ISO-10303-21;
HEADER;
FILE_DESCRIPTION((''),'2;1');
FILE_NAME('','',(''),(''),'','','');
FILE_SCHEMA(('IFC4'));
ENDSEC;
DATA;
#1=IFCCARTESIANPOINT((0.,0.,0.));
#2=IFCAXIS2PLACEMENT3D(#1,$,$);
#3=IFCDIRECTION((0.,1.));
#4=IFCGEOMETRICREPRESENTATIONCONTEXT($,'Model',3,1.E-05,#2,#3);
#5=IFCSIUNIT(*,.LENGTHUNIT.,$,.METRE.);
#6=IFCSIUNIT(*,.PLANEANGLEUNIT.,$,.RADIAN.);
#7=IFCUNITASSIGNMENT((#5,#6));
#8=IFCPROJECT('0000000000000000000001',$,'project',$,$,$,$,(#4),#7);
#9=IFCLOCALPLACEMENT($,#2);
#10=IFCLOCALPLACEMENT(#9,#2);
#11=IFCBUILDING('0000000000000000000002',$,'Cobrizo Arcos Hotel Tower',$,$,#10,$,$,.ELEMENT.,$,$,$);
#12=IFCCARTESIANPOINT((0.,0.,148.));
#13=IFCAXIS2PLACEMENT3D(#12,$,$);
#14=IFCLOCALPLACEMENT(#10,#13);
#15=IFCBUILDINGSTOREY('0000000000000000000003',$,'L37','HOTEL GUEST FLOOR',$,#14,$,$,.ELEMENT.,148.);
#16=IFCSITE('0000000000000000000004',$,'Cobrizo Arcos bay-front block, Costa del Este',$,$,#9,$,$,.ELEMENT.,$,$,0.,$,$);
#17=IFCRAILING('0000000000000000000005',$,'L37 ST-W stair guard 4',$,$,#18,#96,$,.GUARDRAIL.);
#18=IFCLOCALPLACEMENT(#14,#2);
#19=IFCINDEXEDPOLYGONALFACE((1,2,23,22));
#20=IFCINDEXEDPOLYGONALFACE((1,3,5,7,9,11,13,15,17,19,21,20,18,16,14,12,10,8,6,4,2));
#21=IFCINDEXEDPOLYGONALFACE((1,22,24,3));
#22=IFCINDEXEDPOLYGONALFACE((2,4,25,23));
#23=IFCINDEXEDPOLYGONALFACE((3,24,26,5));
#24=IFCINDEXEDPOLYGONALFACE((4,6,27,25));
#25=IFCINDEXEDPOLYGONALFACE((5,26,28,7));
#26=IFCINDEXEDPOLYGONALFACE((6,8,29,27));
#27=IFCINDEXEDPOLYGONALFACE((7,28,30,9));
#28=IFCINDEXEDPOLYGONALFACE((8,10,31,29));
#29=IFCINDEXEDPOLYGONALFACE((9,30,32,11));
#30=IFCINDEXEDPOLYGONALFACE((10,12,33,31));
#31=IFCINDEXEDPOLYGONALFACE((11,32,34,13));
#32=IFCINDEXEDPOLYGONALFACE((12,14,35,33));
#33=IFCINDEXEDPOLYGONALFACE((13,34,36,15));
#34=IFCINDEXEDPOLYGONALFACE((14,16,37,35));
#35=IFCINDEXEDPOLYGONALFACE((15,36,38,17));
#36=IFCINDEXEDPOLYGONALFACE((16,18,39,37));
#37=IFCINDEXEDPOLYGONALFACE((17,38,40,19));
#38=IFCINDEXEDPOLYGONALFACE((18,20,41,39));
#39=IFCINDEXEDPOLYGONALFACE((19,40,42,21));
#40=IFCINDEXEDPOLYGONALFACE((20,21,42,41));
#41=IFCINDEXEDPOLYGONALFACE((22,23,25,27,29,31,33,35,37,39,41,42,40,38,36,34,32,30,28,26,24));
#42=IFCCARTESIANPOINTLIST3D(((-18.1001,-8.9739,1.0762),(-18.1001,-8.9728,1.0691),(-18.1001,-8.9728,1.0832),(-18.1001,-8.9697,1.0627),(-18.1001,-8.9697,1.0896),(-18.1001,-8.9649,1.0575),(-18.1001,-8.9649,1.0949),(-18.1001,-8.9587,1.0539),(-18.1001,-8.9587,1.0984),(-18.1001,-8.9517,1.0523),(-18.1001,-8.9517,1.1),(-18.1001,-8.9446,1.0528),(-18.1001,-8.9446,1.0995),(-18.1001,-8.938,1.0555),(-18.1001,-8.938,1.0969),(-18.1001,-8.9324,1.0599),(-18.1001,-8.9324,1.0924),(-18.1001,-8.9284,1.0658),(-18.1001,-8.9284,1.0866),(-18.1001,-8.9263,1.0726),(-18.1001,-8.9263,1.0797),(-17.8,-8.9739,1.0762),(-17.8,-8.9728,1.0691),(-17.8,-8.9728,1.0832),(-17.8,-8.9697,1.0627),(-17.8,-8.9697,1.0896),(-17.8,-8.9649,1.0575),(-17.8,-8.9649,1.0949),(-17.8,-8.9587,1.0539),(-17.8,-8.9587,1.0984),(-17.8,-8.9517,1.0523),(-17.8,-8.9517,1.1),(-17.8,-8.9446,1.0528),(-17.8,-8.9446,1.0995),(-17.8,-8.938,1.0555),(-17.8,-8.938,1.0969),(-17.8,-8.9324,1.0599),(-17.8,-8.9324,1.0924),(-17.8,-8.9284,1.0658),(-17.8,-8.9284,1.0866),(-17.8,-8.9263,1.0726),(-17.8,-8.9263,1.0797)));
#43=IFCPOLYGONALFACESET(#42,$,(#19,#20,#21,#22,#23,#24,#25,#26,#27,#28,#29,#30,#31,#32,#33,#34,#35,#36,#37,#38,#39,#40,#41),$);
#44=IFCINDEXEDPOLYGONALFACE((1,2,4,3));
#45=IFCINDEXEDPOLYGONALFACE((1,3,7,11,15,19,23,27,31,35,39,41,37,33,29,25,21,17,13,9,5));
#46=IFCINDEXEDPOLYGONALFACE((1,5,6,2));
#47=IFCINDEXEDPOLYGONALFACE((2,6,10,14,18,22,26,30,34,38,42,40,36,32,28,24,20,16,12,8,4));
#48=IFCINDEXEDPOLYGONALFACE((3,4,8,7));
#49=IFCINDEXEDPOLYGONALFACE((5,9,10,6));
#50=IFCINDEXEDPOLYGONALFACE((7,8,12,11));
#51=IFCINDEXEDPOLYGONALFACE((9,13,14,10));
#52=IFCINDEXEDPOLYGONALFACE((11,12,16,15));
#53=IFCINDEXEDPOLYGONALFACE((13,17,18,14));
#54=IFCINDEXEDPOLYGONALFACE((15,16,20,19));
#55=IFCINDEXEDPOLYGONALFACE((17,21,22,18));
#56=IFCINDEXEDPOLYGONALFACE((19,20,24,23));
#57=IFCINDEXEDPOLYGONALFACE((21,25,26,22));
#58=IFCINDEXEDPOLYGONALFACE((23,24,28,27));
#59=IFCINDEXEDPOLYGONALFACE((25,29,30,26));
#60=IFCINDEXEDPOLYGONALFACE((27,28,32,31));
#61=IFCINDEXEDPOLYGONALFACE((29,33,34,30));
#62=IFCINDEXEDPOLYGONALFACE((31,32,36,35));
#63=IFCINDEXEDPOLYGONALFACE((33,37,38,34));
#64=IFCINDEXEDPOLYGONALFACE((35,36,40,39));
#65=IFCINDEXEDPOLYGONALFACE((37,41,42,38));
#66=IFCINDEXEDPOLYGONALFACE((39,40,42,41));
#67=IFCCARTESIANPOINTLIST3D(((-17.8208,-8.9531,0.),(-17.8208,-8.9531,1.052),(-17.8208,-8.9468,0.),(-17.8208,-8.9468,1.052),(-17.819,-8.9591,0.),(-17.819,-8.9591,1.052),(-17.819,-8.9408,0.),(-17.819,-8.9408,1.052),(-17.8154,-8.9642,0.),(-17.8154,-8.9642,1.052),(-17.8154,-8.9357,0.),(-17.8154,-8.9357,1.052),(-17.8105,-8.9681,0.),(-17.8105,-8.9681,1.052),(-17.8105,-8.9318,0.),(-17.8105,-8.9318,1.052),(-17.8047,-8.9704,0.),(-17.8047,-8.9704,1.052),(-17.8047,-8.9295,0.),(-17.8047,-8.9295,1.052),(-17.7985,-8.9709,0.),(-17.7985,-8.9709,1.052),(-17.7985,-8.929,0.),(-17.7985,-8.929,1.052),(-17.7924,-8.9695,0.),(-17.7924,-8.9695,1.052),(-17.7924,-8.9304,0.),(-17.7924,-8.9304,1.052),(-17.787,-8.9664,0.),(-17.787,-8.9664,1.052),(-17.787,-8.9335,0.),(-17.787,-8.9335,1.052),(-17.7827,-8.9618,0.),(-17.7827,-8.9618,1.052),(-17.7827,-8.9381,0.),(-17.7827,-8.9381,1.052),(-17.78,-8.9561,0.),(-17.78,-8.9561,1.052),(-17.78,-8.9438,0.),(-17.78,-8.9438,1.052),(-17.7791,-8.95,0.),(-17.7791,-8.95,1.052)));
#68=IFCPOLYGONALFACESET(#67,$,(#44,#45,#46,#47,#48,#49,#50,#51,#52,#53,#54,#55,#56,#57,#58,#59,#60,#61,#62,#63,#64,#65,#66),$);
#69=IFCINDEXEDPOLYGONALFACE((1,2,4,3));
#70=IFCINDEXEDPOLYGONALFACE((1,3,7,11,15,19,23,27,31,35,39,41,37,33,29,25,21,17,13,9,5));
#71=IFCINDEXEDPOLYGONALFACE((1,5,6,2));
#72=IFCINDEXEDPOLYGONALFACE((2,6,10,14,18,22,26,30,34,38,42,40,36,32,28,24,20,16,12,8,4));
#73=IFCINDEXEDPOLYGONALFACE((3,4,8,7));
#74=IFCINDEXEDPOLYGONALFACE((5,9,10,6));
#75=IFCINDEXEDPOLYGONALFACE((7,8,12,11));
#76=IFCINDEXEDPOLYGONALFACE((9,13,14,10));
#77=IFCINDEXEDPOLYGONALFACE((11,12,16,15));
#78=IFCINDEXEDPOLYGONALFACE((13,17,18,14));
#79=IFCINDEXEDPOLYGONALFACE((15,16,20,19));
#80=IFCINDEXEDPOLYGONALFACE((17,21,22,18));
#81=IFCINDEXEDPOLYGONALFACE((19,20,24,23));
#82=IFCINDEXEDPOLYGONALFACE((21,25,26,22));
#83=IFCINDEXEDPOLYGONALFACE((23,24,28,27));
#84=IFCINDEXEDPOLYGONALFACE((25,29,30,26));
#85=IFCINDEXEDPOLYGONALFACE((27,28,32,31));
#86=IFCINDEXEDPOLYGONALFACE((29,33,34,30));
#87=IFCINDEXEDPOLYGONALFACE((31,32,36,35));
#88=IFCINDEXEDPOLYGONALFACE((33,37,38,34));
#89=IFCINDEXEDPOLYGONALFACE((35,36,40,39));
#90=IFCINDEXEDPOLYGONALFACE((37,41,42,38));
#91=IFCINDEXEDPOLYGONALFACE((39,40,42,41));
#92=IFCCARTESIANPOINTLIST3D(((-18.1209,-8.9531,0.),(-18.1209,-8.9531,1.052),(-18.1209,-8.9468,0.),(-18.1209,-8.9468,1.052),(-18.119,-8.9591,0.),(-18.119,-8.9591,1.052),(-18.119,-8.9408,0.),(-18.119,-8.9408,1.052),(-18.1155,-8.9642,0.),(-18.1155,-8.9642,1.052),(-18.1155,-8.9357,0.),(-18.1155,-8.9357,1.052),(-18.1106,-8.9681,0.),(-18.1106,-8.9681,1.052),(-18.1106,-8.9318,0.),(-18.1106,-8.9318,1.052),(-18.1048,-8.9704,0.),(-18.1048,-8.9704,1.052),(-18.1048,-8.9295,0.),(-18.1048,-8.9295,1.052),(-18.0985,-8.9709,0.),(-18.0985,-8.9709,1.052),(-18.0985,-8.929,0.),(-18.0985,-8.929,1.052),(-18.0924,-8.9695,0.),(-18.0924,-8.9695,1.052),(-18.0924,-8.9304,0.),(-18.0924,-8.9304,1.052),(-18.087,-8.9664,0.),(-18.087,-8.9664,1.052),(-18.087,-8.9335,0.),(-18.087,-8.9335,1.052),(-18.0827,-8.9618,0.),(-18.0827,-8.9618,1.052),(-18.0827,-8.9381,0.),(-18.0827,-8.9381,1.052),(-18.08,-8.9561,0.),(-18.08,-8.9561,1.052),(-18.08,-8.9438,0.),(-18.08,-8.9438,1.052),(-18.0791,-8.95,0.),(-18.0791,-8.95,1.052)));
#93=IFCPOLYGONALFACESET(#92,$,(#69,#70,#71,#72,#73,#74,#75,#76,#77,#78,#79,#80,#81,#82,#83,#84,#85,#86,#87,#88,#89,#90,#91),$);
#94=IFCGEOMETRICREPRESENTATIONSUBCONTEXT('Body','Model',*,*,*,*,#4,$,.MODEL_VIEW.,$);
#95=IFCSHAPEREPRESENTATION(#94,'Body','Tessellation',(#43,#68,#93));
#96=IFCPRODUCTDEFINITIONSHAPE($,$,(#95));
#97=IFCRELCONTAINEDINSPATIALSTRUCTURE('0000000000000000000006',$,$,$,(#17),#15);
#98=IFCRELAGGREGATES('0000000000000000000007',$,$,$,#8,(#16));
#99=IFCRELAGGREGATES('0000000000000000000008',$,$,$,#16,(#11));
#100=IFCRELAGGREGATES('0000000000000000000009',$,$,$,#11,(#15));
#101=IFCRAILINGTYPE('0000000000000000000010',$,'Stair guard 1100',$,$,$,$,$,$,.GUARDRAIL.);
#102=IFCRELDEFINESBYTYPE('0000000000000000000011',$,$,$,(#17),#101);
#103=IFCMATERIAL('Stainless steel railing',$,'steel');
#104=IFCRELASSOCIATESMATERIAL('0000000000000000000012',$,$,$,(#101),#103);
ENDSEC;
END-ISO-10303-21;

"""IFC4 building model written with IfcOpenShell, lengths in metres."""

from ifc_helpers import new_model, si_unit, direction, frame, origin, origin_2d, place, context, subcontext, project, spatial, circle, extrude, material, type_object, element, save


model = new_model("IFC4")

# Units and contexts
model_context = context("Model", 3, precision=1e-05, world=origin(), true_north=direction((0.0, 1.0)))
body_context = subcontext(model_context, "Body", "Model", "MODEL_VIEW")
ifc_project = project(units=[si_unit("LENGTHUNIT", "METRE"), si_unit("PLANEANGLEUNIT", "RADIAN")], contexts=[model_context])

# Site, building, storey
site_placement = place(None, origin())
site = spatial("IfcSite", under=ifc_project, at=site_placement, Name="Cobrizo Arcos bay-front block, Costa del Este", CompositionType="ELEMENT", RefElevation=0.0)
building_placement = place(site_placement, origin())
building = spatial("IfcBuilding", under=site, at=building_placement, Name="Cobrizo Arcos Hotel Tower", CompositionType="ELEMENT")
storey_placement = place(building_placement, frame((0.0, 0.0, 148.0)))
storey = spatial("IfcBuildingStorey", under=building, at=storey_placement, Name="L37", Description="HOTEL GUEST FLOOR", CompositionType="ELEMENT", Elevation=148.0)

# Railing
ifc_material_1 = material(Name="Stainless steel railing", Category="steel")
railing_type_1 = type_object("IfcRailingType", Name="Stair guard 1100", PredefinedType="GUARDRAIL", material=ifc_material_1)
railing_1_placement = place(storey_placement, frame((-17.8, -8.95, 0.0)))
element("IfcRailing", 1, at=railing_1_placement, inside=storey, type_object=railing_type_1, Name="L37 ST-W stair guard 4", PredefinedType="GUARDRAIL", context=body_context, shape_type="SweptSolid", body=[
    extrude(circle(Radius=0.0239, at=origin_2d()), frame((0.0, 0.0, 1.0762), z_axis=(-1.0, 0.0, 0.0), x_axis=(0.0, -1.0, 0.0)), (0.0, 0.0, 1.0), 0.3),
    extrude(circle(Radius=0.021, at=origin_2d()), origin(), (0.0, 0.0, 1.0), 1.052),
    extrude(circle(Radius=0.021, at=origin_2d()), frame((-0.3, 0.0, 0.0)), (0.0, 0.0, 1.0), 1.052),
])

save(model, "model.ifc")
